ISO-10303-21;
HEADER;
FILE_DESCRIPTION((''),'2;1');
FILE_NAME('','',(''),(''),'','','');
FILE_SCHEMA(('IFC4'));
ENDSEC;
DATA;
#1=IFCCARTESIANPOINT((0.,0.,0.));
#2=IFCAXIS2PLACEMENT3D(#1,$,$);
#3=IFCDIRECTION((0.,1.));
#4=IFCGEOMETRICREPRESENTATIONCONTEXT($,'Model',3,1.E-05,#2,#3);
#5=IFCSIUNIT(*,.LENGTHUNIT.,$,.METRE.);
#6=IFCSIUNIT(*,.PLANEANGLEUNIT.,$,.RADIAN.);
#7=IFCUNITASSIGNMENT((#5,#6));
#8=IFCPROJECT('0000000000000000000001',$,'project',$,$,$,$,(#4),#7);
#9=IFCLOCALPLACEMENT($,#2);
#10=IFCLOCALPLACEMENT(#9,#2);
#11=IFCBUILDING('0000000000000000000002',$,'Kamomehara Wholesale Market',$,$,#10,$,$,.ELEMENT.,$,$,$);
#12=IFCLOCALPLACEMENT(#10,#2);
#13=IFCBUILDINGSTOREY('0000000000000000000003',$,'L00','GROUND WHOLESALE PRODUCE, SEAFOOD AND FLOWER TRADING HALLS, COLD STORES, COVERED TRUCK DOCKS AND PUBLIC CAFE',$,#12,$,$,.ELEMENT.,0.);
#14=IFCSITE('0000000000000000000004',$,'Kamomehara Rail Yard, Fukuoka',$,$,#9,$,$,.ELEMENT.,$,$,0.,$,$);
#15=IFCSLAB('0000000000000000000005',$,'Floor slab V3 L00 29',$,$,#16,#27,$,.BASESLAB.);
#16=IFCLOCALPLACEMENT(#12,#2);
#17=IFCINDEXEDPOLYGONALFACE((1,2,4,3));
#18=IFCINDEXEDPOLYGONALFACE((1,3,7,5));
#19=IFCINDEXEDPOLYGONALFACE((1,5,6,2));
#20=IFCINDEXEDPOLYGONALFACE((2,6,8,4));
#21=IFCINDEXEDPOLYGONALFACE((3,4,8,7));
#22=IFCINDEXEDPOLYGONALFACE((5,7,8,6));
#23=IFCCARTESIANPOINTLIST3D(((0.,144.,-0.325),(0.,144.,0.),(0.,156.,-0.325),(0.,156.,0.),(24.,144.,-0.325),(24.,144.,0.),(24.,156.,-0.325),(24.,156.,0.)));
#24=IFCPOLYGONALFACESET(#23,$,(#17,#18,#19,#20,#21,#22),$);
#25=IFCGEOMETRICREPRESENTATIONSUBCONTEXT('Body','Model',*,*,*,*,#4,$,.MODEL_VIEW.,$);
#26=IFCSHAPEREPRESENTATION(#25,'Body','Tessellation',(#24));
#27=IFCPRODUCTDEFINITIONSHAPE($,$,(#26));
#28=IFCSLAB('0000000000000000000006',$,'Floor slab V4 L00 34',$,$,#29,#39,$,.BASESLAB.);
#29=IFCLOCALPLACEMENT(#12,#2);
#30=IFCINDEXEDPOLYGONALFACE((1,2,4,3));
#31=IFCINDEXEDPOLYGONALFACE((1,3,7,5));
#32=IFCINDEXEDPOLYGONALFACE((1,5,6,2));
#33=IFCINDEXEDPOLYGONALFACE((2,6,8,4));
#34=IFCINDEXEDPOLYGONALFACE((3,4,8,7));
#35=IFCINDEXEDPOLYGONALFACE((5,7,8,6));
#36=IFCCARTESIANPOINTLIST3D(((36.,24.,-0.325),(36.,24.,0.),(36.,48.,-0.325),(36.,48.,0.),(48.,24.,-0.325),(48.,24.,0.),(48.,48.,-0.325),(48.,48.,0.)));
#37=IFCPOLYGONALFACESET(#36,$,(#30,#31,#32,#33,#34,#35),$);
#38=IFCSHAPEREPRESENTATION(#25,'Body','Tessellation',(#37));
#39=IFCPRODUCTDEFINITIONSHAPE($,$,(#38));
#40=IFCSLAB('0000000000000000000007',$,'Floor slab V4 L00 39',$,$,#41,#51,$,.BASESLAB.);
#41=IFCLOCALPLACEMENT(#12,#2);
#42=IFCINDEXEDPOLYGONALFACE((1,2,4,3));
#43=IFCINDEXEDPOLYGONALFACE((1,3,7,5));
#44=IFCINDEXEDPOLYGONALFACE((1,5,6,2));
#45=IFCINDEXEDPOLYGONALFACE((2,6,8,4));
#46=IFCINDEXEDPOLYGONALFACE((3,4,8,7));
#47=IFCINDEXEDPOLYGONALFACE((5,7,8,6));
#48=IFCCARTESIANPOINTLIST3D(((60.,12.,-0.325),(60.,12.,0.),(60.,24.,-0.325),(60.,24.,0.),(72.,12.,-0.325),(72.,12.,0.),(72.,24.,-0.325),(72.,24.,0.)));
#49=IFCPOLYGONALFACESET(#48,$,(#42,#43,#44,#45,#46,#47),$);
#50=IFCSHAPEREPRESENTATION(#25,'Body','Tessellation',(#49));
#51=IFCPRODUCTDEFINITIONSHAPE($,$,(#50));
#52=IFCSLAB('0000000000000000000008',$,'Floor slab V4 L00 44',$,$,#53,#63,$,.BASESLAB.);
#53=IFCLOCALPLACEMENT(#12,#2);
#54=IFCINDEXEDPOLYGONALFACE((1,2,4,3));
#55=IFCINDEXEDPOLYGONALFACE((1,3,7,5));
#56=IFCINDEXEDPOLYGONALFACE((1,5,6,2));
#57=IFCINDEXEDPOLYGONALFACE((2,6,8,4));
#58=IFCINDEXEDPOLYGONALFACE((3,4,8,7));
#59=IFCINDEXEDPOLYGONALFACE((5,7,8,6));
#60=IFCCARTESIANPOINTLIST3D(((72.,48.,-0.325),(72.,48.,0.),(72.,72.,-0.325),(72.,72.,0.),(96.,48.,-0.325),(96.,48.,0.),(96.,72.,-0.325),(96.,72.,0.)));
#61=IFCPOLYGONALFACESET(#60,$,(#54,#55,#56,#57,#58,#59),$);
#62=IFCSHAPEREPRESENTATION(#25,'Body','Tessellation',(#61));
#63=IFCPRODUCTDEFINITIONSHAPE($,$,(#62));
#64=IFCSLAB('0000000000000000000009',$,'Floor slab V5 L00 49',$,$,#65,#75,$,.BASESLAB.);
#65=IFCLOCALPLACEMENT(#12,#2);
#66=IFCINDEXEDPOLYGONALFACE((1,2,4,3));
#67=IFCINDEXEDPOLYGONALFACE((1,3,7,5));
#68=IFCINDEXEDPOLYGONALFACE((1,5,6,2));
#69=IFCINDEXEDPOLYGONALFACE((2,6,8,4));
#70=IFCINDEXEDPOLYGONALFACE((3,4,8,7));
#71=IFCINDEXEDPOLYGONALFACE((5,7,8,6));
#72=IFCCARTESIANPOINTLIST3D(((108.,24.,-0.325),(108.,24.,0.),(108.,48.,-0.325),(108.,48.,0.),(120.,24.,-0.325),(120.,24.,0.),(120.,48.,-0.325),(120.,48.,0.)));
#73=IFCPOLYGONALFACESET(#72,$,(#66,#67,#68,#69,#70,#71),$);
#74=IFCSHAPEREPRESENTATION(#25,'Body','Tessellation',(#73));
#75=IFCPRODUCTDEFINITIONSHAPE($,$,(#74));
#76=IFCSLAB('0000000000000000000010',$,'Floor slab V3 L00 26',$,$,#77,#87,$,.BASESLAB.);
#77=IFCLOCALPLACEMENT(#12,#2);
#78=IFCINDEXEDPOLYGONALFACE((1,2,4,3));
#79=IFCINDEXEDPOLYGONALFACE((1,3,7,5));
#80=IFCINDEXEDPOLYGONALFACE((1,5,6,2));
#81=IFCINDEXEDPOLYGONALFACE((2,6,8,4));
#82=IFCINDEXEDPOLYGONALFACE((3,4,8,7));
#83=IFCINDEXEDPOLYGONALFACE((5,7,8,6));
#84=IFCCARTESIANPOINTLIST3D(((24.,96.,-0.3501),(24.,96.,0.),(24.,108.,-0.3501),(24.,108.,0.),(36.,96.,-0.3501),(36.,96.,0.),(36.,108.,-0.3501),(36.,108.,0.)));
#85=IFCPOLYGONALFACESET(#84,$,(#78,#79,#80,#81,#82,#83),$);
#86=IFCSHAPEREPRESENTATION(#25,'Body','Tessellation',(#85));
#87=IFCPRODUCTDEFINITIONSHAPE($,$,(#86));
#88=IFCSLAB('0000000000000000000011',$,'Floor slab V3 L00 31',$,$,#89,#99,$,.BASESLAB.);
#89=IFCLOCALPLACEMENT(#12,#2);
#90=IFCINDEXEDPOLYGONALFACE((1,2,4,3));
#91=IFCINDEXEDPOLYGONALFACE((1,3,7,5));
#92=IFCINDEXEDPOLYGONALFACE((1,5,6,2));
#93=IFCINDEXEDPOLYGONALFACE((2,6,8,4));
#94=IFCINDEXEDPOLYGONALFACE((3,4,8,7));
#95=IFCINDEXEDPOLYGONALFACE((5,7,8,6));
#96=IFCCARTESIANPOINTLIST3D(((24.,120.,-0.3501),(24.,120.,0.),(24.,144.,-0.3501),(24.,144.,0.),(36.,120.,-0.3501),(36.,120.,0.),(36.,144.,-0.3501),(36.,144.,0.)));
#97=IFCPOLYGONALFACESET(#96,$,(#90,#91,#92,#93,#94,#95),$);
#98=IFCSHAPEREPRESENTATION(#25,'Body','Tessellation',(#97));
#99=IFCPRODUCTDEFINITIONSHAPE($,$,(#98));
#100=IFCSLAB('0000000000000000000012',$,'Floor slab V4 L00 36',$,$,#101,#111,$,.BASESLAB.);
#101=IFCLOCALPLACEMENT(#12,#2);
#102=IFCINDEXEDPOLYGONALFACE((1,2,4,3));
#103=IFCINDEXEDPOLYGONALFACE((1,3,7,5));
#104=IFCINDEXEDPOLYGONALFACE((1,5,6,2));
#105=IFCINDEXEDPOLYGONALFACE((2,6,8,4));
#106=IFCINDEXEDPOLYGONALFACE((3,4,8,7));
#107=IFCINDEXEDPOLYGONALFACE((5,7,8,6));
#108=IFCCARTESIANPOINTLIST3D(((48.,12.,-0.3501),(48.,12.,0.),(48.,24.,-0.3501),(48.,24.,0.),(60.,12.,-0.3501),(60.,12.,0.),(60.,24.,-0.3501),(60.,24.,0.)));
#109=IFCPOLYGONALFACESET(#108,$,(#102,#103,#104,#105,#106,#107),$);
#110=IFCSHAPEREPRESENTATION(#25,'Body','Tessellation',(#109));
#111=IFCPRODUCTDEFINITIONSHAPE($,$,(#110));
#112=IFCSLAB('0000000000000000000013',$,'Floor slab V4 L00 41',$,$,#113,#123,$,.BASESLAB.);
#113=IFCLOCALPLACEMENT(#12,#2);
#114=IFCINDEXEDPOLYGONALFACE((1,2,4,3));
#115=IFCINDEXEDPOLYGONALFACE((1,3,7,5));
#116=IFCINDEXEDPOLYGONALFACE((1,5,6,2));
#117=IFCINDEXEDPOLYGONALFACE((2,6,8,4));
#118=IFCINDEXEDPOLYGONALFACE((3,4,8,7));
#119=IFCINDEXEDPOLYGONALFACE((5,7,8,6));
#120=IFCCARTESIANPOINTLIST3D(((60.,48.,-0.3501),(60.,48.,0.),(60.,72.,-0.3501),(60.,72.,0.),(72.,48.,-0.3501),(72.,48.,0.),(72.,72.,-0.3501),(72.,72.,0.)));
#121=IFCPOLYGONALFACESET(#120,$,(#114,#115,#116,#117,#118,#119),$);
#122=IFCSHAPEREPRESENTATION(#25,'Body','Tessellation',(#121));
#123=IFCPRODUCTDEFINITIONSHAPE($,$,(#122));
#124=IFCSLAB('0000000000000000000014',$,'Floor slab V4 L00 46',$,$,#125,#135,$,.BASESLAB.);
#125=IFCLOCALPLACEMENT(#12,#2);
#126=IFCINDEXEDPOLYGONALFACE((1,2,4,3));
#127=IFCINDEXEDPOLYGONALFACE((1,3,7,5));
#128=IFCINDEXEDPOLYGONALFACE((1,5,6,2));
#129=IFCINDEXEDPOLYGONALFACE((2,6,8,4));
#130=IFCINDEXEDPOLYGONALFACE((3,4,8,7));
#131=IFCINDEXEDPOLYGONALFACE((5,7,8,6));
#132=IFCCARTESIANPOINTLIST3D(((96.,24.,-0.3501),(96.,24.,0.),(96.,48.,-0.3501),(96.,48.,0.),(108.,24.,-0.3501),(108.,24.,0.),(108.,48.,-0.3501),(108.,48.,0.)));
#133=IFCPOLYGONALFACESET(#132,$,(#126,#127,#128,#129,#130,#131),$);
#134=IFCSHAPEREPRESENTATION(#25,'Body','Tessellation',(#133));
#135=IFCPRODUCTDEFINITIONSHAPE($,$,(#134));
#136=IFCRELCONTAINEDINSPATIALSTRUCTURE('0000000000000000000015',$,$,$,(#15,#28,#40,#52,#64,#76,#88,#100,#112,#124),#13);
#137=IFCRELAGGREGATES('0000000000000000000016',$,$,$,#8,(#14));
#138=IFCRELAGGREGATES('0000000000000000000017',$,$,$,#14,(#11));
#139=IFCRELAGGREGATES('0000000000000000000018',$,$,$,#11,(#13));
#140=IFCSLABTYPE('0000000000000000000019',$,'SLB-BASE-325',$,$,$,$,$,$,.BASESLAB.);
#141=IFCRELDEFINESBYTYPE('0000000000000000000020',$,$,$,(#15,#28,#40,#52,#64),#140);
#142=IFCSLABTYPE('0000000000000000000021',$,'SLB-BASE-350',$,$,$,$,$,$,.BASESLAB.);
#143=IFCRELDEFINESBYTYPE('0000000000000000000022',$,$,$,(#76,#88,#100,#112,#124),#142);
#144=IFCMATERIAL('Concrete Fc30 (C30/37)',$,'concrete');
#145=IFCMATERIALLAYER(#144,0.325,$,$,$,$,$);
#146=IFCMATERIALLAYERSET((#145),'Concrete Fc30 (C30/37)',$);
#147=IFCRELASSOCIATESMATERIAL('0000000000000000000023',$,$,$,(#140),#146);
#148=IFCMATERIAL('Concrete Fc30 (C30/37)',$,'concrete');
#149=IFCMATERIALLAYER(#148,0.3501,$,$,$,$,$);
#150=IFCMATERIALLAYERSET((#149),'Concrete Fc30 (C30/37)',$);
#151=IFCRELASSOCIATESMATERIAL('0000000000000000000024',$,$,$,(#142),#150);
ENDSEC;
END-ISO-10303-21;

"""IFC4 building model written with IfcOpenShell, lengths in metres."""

from ifc_helpers import new_model, si_unit, direction, frame, origin, place, context, subcontext, project, spatial, polyline, outline, extrude, material, layer, layer_set, type_object, element, save


model = new_model("IFC4")

# Units and contexts
model_context = context("Model", 3, precision=1e-05, world=origin(), true_north=direction((0.0, 1.0)))
body_context = subcontext(model_context, "Body", "Model", "MODEL_VIEW")
ifc_project = project(units=[si_unit("LENGTHUNIT", "METRE"), si_unit("PLANEANGLEUNIT", "RADIAN")], contexts=[model_context])

# Site, building, storey
site_placement = place(None, origin())
site = spatial("IfcSite", under=ifc_project, at=site_placement, Name="Kamomehara Rail Yard, Fukuoka", CompositionType="ELEMENT", RefElevation=0.0)
building_placement = place(site_placement, origin())
building = spatial("IfcBuilding", under=site, at=building_placement, Name="Kamomehara Wholesale Market", CompositionType="ELEMENT")
storey_placement = place(building_placement, origin())
storey = spatial("IfcBuildingStorey", under=building, at=storey_placement, Name="L00", Description="GROUND WHOLESALE PRODUCE, SEAFOOD AND FLOWER TRADING HALLS, COLD STORES, COVERED TRUCK DOCKS AND PUBLIC CAFE", CompositionType="ELEMENT", Elevation=0.0)

# Slabs
ifc_material_1 = material(Name="Concrete Fc30 (C30/37)", Category="concrete")
ifc_layer_1 = layer(ifc_material_1, 0.325)
ifc_layer_set_1 = layer_set([ifc_layer_1], Name="Concrete Fc30 (C30/37)")
slab_type_1 = type_object("IfcSlabType", Name="SLB-BASE-325", PredefinedType="BASESLAB", material=ifc_layer_set_1)
slab_1_placement = place(storey_placement, frame((0.0, 0.0, -0.325)))
element("IfcSlab", 1, at=slab_1_placement, inside=storey, type_object=slab_type_1, Name="Floor slab V3 L00 29", PredefinedType="BASESLAB", context=body_context, shape_type="SweptSolid", body=[
    extrude(outline(polyline([(24.0, 144.0), (0.0, 144.0), (0.0, 156.0), (24.0, 156.0), (24.0, 144.0)])), origin(), (0.0, 0.0, 1.0), 0.325),
])
slab_2_placement = place(storey_placement, frame((0.0, 0.0, -0.325)))
element("IfcSlab", 2, at=slab_2_placement, inside=storey, type_object=slab_type_1, Name="Floor slab V4 L00 34", PredefinedType="BASESLAB", context=body_context, shape_type="SweptSolid", body=[
    extrude(outline(polyline([(48.0, 48.0), (48.0, 24.0), (36.0, 24.0), (36.0, 48.0), (48.0, 48.0)])), origin(), (0.0, 0.0, 1.0), 0.325),
])
slab_3_placement = place(storey_placement, frame((0.0, 0.0, -0.325)))
element("IfcSlab", 3, at=slab_3_placement, inside=storey, type_object=slab_type_1, Name="Floor slab V4 L00 39", PredefinedType="BASESLAB", context=body_context, shape_type="SweptSolid", body=[
    extrude(outline(polyline([(72.0, 24.0), (72.0, 12.0), (60.0, 12.0), (60.0, 24.0), (72.0, 24.0)])), origin(), (0.0, 0.0, 1.0), 0.325),
])
slab_4_placement = place(storey_placement, frame((0.0, 0.0, -0.325)))
element("IfcSlab", 4, at=slab_4_placement, inside=storey, type_object=slab_type_1, Name="Floor slab V4 L00 44", PredefinedType="BASESLAB", context=body_context, shape_type="SweptSolid", body=[
    extrude(outline(polyline([(96.0, 48.0), (72.0, 48.0), (72.0, 72.0), (96.0, 72.0), (96.0, 48.0)])), origin(), (0.0, 0.0, 1.0), 0.325),
])
slab_5_placement = place(storey_placement, frame((0.0, 0.0, -0.325)))
element("IfcSlab", 5, at=slab_5_placement, inside=storey, type_object=slab_type_1, Name="Floor slab V5 L00 49", PredefinedType="BASESLAB", context=body_context, shape_type="SweptSolid", body=[
    extrude(outline(polyline([(120.0, 48.0), (120.0, 24.0), (108.0, 24.0), (108.0, 48.0), (120.0, 48.0)])), origin(), (0.0, 0.0, 1.0), 0.325),
])
ifc_material_2 = material(Name="Concrete Fc30 (C30/37)", Category="concrete")
ifc_layer_2 = layer(ifc_material_2, 0.3501)
ifc_layer_set_2 = layer_set([ifc_layer_2], Name="Concrete Fc30 (C30/37)")
slab_type_2 = type_object("IfcSlabType", Name="SLB-BASE-350", PredefinedType="BASESLAB", material=ifc_layer_set_2)
slab_6_placement = place(storey_placement, frame((0.0, 0.0, -0.3501)))
element("IfcSlab", 6, at=slab_6_placement, inside=storey, type_object=slab_type_2, Name="Floor slab V3 L00 26", PredefinedType="BASESLAB", context=body_context, shape_type="SweptSolid", body=[
    extrude(outline(polyline([(36.0, 96.0), (24.0, 96.0), (24.0, 108.0), (36.0, 108.0), (36.0, 96.0)])), origin(), (0.0, 0.0, 1.0), 0.3501),
])
slab_7_placement = place(storey_placement, frame((0.0, 0.0, -0.3501)))
element("IfcSlab", 7, at=slab_7_placement, inside=storey, type_object=slab_type_2, Name="Floor slab V3 L00 31", PredefinedType="BASESLAB", context=body_context, shape_type="SweptSolid", body=[
    extrude(outline(polyline([(36.0, 120.0), (24.0, 120.0), (24.0, 144.0), (36.0, 144.0), (36.0, 120.0)])), origin(), (0.0, 0.0, 1.0), 0.3501),
])
slab_8_placement = place(storey_placement, frame((0.0, 0.0, -0.3501)))
element("IfcSlab", 8, at=slab_8_placement, inside=storey, type_object=slab_type_2, Name="Floor slab V4 L00 36", PredefinedType="BASESLAB", context=body_context, shape_type="SweptSolid", body=[
    extrude(outline(polyline([(60.0, 12.0), (48.0, 12.0), (48.0, 24.0), (60.0, 24.0), (60.0, 12.0)])), origin(), (0.0, 0.0, 1.0), 0.3501),
])
slab_9_placement = place(storey_placement, frame((0.0, 0.0, -0.3501)))
element("IfcSlab", 9, at=slab_9_placement, inside=storey, type_object=slab_type_2, Name="Floor slab V4 L00 41", PredefinedType="BASESLAB", context=body_context, shape_type="SweptSolid", body=[
    extrude(outline(polyline([(72.0, 48.0), (60.0, 48.0), (60.0, 72.0), (72.0, 72.0), (72.0, 48.0)])), origin(), (0.0, 0.0, 1.0), 0.3501),
])
slab_10_placement = place(storey_placement, frame((0.0, 0.0, -0.3501)))
element("IfcSlab", 10, at=slab_10_placement, inside=storey, type_object=slab_type_2, Name="Floor slab V4 L00 46", PredefinedType="BASESLAB", context=body_context, shape_type="SweptSolid", body=[
    extrude(outline(polyline([(108.0, 24.0), (96.0, 24.0), (96.0, 48.0), (108.0, 48.0), (108.0, 24.0)])), origin(), (0.0, 0.0, 1.0), 0.3501),
])

save(model, "model.ifc")
